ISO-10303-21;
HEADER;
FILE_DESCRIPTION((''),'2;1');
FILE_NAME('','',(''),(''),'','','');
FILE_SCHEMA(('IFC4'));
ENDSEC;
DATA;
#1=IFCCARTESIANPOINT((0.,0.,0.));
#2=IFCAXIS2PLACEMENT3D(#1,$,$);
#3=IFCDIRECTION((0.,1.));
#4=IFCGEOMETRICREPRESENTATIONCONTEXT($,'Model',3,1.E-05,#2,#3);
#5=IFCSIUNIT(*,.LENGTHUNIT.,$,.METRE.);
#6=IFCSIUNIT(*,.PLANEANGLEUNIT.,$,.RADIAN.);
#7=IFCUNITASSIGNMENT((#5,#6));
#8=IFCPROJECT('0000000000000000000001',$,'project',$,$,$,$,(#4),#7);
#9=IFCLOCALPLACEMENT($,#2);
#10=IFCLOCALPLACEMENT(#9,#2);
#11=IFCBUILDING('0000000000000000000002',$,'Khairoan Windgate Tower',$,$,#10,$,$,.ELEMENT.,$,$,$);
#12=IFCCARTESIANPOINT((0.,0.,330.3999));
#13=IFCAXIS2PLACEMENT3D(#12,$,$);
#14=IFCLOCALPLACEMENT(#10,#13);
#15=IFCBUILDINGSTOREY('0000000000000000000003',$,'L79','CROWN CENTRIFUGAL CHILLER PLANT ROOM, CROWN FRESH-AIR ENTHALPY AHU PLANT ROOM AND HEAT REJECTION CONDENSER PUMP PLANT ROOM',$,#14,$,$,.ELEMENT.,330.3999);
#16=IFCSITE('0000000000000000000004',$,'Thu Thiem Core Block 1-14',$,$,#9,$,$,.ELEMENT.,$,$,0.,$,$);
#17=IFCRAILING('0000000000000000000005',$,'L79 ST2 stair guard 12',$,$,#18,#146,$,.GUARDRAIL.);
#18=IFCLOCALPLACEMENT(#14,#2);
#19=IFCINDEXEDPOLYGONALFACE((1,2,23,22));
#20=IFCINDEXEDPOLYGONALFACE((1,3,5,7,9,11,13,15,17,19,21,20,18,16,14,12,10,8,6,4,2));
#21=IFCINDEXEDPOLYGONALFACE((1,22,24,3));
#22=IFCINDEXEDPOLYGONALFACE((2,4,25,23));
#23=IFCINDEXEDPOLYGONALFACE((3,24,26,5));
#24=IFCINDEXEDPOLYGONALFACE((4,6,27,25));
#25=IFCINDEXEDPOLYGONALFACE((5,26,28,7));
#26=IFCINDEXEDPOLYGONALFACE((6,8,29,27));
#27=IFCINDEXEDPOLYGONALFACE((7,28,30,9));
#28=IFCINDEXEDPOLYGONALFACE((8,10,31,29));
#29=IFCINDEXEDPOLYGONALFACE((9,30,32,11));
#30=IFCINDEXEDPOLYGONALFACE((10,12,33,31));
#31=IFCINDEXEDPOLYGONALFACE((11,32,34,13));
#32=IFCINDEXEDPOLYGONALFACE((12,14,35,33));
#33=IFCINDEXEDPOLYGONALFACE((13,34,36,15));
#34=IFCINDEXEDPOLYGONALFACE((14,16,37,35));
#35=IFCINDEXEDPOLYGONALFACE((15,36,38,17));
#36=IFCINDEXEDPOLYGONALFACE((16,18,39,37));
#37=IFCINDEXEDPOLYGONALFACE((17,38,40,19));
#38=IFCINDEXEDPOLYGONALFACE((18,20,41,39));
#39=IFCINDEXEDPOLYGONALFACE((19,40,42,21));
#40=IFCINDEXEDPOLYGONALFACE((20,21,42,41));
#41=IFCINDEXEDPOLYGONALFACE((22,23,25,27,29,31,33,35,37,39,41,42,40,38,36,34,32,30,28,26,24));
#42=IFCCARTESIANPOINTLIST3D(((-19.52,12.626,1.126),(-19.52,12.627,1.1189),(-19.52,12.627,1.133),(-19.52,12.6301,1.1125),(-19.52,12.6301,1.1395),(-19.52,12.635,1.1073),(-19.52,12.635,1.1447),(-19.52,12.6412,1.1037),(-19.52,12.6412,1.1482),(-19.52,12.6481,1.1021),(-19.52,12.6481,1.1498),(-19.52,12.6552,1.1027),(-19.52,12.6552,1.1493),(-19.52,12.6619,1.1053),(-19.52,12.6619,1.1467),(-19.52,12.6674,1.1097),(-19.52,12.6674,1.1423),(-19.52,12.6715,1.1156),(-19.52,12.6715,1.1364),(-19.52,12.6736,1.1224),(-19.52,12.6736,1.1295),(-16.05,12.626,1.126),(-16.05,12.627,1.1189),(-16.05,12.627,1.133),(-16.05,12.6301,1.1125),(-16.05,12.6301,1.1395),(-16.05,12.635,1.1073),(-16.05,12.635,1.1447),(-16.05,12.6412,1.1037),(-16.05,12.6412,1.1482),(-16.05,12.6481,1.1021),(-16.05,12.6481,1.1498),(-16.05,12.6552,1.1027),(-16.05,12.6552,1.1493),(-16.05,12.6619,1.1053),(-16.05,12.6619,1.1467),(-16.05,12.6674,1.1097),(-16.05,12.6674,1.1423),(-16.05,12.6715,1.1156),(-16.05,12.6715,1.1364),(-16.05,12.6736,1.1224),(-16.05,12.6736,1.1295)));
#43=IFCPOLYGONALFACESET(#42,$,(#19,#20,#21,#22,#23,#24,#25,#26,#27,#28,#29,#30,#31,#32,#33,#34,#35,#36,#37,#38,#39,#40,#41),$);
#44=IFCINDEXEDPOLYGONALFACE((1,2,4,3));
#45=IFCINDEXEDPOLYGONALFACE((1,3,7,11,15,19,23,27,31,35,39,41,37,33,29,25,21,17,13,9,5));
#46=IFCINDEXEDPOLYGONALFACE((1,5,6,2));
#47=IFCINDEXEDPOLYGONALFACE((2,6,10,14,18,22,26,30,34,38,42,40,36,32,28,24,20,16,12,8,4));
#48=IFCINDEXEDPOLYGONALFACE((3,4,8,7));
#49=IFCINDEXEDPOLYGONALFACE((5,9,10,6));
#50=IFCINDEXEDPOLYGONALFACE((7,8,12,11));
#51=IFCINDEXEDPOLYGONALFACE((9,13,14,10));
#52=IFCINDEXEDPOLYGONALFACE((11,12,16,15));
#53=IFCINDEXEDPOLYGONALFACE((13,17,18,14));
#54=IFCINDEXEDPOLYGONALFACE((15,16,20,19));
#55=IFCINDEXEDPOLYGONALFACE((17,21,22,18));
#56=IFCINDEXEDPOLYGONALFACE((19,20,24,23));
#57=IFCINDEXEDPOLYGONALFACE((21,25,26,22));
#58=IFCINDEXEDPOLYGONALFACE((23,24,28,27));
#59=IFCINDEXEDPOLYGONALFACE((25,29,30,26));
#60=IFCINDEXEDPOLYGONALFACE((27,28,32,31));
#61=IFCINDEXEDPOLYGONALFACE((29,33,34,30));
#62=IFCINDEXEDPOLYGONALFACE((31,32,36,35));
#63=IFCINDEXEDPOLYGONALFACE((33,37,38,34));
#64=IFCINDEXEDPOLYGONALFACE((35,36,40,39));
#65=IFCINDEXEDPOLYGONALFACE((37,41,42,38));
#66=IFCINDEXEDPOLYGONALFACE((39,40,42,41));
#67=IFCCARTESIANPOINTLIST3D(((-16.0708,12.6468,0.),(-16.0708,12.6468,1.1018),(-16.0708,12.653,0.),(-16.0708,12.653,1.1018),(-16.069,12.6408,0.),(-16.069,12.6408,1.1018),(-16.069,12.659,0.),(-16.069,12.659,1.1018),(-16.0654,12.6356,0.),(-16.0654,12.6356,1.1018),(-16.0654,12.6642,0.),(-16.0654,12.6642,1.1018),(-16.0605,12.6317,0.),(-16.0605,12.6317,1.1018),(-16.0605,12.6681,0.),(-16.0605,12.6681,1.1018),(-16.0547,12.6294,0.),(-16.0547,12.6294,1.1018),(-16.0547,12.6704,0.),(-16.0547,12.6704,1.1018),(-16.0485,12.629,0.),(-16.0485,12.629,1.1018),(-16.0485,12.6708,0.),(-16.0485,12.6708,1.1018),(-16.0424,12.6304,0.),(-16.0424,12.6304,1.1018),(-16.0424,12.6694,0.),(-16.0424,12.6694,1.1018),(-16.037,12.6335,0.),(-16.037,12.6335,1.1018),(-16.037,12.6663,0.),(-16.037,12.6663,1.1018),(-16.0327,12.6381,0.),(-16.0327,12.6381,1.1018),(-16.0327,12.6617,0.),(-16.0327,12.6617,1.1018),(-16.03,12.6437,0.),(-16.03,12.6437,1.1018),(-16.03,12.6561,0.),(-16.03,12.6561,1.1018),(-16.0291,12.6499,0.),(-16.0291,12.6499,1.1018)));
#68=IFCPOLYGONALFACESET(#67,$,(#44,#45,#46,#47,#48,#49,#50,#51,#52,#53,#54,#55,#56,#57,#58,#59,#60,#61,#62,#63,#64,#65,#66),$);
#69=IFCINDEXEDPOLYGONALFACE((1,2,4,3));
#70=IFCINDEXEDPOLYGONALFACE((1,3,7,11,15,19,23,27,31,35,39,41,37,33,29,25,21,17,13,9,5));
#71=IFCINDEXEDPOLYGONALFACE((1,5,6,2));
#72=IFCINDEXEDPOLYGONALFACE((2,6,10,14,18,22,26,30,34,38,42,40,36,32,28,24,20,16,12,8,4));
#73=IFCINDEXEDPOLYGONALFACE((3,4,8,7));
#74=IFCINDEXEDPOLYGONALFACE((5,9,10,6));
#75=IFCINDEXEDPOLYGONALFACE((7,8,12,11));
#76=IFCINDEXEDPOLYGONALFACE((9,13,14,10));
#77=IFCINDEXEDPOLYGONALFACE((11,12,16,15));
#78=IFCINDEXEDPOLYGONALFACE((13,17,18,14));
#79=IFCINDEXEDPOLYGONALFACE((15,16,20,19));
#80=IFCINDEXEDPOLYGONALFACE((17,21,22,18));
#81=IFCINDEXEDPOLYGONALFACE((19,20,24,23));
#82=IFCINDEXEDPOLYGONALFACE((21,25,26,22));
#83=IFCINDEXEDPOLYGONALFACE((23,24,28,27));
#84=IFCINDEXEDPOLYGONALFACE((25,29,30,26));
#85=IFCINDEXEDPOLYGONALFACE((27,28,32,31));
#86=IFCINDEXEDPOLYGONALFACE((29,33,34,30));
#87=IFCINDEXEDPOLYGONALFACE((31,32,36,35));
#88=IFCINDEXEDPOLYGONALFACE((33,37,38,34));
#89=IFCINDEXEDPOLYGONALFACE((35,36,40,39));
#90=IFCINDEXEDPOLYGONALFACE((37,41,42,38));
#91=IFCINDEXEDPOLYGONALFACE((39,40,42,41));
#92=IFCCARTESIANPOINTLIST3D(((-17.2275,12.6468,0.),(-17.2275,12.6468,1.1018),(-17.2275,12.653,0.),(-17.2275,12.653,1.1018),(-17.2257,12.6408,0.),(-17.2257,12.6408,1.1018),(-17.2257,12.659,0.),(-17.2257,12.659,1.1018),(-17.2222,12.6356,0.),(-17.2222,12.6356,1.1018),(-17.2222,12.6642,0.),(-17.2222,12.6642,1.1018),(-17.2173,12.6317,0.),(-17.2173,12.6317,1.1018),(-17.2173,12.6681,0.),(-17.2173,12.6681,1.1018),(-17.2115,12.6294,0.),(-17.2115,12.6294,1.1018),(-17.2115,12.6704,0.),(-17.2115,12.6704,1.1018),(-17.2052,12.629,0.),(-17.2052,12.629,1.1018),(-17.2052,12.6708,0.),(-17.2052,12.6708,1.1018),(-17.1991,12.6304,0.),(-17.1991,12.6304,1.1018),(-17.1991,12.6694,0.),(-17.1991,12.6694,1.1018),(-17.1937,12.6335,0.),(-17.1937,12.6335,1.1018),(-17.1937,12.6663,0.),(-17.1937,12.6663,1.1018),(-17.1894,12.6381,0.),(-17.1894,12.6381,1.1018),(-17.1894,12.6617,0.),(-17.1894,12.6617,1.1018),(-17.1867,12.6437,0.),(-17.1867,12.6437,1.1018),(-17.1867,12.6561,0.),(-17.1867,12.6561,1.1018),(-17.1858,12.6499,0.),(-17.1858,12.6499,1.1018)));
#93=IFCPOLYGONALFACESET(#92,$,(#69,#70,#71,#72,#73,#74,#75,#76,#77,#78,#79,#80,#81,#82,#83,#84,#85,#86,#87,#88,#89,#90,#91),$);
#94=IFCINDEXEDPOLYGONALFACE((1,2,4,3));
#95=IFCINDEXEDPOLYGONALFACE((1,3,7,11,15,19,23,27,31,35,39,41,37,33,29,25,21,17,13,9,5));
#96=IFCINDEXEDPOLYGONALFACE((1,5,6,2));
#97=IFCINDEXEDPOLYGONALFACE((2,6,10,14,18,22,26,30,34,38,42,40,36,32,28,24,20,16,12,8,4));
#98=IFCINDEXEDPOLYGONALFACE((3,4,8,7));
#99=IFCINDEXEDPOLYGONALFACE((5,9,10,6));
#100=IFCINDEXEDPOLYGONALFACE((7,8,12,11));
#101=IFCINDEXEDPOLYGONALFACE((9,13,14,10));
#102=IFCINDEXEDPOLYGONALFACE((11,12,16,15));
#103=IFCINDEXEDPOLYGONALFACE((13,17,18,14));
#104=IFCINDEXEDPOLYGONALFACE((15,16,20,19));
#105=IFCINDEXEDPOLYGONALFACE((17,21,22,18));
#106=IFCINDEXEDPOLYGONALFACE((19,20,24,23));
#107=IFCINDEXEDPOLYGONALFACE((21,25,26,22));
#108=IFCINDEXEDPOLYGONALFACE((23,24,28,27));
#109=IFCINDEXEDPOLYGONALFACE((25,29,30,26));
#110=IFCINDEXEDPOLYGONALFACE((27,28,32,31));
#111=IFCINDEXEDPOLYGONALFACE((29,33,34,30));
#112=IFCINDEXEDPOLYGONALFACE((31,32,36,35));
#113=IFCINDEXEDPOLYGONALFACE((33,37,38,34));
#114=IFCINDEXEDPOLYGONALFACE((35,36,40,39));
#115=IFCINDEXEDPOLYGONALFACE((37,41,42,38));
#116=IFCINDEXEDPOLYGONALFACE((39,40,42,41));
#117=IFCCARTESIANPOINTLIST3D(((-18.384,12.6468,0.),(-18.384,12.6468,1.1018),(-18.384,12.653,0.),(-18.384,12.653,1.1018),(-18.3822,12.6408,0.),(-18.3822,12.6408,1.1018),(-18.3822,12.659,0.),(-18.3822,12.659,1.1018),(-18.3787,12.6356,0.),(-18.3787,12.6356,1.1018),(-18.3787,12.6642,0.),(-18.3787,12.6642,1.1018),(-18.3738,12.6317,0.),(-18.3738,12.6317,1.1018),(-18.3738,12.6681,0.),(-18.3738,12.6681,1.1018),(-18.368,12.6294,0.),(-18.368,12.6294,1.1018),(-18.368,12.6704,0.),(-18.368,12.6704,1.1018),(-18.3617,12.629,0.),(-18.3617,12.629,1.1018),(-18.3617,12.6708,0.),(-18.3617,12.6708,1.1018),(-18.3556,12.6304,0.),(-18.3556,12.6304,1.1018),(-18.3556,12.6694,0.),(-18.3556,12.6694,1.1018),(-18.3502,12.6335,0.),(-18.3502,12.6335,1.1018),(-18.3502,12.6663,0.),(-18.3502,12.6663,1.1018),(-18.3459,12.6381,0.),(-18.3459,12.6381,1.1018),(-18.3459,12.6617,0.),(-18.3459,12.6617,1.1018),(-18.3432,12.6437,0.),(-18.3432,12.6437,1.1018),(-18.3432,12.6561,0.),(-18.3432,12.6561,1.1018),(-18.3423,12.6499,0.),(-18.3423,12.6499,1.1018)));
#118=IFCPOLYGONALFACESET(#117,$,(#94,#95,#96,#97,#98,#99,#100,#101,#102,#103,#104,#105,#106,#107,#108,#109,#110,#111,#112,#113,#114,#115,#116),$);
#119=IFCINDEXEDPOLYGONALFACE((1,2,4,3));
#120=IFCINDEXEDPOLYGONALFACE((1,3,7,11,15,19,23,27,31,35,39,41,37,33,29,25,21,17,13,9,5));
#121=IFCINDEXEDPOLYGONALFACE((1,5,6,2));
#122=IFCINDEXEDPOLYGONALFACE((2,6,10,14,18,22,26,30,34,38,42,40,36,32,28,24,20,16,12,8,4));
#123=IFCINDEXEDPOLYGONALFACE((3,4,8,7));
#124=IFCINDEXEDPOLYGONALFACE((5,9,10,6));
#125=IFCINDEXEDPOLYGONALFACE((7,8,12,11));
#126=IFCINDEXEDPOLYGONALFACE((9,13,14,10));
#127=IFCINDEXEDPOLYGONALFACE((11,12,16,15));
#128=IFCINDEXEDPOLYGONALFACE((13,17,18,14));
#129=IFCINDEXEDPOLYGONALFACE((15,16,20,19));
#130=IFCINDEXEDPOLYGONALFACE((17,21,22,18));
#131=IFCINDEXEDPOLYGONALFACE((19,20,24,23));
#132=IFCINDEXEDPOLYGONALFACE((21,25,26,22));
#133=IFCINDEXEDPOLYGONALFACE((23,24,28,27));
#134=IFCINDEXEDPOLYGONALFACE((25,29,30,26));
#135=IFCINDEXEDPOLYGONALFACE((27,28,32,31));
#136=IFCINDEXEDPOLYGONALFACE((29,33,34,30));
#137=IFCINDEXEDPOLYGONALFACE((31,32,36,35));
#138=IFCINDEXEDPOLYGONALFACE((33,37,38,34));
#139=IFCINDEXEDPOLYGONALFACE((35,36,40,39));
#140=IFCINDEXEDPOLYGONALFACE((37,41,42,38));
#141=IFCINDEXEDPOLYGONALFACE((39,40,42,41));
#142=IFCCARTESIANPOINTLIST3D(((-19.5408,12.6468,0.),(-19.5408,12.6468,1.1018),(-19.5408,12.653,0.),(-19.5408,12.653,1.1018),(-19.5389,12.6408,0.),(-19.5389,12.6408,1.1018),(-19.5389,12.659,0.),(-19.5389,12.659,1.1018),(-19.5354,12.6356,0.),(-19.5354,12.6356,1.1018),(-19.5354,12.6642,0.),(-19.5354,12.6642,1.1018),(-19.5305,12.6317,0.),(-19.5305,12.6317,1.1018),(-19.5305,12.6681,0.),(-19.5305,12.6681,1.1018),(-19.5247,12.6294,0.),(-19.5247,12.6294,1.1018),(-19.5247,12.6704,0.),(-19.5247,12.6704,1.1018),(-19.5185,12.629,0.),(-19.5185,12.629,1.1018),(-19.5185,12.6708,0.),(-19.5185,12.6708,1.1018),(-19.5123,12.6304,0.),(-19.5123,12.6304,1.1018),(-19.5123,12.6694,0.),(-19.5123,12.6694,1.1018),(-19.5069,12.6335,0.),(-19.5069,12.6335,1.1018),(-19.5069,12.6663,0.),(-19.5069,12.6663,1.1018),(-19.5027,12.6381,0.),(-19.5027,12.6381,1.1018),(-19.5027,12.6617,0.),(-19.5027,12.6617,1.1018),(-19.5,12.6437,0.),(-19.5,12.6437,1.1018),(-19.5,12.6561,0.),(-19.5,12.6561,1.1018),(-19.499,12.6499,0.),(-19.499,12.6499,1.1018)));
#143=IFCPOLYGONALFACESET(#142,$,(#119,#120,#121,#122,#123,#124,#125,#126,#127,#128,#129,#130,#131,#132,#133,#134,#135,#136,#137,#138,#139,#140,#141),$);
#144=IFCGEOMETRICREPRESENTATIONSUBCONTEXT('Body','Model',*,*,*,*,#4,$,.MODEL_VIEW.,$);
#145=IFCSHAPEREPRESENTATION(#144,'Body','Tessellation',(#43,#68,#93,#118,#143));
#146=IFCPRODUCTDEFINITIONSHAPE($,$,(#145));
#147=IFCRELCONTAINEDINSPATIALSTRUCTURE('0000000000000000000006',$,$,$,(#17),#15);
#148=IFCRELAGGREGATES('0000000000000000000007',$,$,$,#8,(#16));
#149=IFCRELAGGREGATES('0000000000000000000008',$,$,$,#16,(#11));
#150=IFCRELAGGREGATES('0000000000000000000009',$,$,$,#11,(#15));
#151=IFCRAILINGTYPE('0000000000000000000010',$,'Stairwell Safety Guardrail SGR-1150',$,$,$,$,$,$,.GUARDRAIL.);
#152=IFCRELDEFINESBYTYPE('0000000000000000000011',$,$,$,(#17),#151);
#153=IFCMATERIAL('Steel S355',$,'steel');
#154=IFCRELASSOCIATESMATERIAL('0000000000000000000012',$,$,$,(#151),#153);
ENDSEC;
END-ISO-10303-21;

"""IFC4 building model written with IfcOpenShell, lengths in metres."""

from ifc_helpers import new_model, si_unit, direction, frame, origin, origin_2d, place, context, subcontext, project, spatial, circle, extrude, material, type_object, element, save


model = new_model("IFC4")

# Units and contexts
model_context = context("Model", 3, precision=1e-05, world=origin(), true_north=direction((0.0, 1.0)))
body_context = subcontext(model_context, "Body", "Model", "MODEL_VIEW")
ifc_project = project(units=[si_unit("LENGTHUNIT", "METRE"), si_unit("PLANEANGLEUNIT", "RADIAN")], contexts=[model_context])

# Site, building, storey
site_placement = place(None, origin())
site = spatial("IfcSite", under=ifc_project, at=site_placement, Name="Thu Thiem Core Block 1-14", CompositionType="ELEMENT", RefElevation=0.0)
building_placement = place(site_placement, origin())
building = spatial("IfcBuilding", under=site, at=building_placement, Name="Khairoan Windgate Tower", CompositionType="ELEMENT")
storey_placement = place(building_placement, frame((0.0, 0.0, 330.3999)))
storey = spatial("IfcBuildingStorey", under=building, at=storey_placement, Name="L79", Description="CROWN CENTRIFUGAL CHILLER PLANT ROOM, CROWN FRESH-AIR ENTHALPY AHU PLANT ROOM AND HEAT REJECTION CONDENSER PUMP PLANT ROOM", CompositionType="ELEMENT", Elevation=330.3999)

# Railing
ifc_material_1 = material(Name="Steel S355", Category="steel")
railing_type = type_object("IfcRailingType", Name="Stairwell Safety Guardrail SGR-1150", PredefinedType="GUARDRAIL", material=ifc_material_1)
railing_1_placement = place(storey_placement, frame((-16.05, 12.6499, 0.0)))
element("IfcRailing", 1, at=railing_1_placement, inside=storey, type_object=railing_type, Name="L79 ST2 stair guard 12", PredefinedType="GUARDRAIL", context=body_context, shape_type="SweptSolid", body=[
    extrude(circle(Radius=0.0239, at=origin_2d()), frame((0.0, 0.0, 1.126), z_axis=(-1.0, 0.0, 0.0), x_axis=(0.0, -1.0, 0.0)), (0.0, 0.0, 1.0), 3.47),
    extrude(circle(Radius=0.021, at=origin_2d()), origin(), (0.0, 0.0, 1.0), 1.1018),
    extrude(circle(Radius=0.021, at=origin_2d()), frame((-1.1567, 0.0, 0.0)), (0.0, 0.0, 1.0), 1.1018),
    extrude(circle(Radius=0.021, at=origin_2d()), frame((-2.3132, 0.0, 0.0)), (0.0, 0.0, 1.0), 1.1018),
    extrude(circle(Radius=0.021, at=origin_2d()), frame((-3.47, 0.0, 0.0)), (0.0, 0.0, 1.0), 1.1018),
])

save(model, "model.ifc")
